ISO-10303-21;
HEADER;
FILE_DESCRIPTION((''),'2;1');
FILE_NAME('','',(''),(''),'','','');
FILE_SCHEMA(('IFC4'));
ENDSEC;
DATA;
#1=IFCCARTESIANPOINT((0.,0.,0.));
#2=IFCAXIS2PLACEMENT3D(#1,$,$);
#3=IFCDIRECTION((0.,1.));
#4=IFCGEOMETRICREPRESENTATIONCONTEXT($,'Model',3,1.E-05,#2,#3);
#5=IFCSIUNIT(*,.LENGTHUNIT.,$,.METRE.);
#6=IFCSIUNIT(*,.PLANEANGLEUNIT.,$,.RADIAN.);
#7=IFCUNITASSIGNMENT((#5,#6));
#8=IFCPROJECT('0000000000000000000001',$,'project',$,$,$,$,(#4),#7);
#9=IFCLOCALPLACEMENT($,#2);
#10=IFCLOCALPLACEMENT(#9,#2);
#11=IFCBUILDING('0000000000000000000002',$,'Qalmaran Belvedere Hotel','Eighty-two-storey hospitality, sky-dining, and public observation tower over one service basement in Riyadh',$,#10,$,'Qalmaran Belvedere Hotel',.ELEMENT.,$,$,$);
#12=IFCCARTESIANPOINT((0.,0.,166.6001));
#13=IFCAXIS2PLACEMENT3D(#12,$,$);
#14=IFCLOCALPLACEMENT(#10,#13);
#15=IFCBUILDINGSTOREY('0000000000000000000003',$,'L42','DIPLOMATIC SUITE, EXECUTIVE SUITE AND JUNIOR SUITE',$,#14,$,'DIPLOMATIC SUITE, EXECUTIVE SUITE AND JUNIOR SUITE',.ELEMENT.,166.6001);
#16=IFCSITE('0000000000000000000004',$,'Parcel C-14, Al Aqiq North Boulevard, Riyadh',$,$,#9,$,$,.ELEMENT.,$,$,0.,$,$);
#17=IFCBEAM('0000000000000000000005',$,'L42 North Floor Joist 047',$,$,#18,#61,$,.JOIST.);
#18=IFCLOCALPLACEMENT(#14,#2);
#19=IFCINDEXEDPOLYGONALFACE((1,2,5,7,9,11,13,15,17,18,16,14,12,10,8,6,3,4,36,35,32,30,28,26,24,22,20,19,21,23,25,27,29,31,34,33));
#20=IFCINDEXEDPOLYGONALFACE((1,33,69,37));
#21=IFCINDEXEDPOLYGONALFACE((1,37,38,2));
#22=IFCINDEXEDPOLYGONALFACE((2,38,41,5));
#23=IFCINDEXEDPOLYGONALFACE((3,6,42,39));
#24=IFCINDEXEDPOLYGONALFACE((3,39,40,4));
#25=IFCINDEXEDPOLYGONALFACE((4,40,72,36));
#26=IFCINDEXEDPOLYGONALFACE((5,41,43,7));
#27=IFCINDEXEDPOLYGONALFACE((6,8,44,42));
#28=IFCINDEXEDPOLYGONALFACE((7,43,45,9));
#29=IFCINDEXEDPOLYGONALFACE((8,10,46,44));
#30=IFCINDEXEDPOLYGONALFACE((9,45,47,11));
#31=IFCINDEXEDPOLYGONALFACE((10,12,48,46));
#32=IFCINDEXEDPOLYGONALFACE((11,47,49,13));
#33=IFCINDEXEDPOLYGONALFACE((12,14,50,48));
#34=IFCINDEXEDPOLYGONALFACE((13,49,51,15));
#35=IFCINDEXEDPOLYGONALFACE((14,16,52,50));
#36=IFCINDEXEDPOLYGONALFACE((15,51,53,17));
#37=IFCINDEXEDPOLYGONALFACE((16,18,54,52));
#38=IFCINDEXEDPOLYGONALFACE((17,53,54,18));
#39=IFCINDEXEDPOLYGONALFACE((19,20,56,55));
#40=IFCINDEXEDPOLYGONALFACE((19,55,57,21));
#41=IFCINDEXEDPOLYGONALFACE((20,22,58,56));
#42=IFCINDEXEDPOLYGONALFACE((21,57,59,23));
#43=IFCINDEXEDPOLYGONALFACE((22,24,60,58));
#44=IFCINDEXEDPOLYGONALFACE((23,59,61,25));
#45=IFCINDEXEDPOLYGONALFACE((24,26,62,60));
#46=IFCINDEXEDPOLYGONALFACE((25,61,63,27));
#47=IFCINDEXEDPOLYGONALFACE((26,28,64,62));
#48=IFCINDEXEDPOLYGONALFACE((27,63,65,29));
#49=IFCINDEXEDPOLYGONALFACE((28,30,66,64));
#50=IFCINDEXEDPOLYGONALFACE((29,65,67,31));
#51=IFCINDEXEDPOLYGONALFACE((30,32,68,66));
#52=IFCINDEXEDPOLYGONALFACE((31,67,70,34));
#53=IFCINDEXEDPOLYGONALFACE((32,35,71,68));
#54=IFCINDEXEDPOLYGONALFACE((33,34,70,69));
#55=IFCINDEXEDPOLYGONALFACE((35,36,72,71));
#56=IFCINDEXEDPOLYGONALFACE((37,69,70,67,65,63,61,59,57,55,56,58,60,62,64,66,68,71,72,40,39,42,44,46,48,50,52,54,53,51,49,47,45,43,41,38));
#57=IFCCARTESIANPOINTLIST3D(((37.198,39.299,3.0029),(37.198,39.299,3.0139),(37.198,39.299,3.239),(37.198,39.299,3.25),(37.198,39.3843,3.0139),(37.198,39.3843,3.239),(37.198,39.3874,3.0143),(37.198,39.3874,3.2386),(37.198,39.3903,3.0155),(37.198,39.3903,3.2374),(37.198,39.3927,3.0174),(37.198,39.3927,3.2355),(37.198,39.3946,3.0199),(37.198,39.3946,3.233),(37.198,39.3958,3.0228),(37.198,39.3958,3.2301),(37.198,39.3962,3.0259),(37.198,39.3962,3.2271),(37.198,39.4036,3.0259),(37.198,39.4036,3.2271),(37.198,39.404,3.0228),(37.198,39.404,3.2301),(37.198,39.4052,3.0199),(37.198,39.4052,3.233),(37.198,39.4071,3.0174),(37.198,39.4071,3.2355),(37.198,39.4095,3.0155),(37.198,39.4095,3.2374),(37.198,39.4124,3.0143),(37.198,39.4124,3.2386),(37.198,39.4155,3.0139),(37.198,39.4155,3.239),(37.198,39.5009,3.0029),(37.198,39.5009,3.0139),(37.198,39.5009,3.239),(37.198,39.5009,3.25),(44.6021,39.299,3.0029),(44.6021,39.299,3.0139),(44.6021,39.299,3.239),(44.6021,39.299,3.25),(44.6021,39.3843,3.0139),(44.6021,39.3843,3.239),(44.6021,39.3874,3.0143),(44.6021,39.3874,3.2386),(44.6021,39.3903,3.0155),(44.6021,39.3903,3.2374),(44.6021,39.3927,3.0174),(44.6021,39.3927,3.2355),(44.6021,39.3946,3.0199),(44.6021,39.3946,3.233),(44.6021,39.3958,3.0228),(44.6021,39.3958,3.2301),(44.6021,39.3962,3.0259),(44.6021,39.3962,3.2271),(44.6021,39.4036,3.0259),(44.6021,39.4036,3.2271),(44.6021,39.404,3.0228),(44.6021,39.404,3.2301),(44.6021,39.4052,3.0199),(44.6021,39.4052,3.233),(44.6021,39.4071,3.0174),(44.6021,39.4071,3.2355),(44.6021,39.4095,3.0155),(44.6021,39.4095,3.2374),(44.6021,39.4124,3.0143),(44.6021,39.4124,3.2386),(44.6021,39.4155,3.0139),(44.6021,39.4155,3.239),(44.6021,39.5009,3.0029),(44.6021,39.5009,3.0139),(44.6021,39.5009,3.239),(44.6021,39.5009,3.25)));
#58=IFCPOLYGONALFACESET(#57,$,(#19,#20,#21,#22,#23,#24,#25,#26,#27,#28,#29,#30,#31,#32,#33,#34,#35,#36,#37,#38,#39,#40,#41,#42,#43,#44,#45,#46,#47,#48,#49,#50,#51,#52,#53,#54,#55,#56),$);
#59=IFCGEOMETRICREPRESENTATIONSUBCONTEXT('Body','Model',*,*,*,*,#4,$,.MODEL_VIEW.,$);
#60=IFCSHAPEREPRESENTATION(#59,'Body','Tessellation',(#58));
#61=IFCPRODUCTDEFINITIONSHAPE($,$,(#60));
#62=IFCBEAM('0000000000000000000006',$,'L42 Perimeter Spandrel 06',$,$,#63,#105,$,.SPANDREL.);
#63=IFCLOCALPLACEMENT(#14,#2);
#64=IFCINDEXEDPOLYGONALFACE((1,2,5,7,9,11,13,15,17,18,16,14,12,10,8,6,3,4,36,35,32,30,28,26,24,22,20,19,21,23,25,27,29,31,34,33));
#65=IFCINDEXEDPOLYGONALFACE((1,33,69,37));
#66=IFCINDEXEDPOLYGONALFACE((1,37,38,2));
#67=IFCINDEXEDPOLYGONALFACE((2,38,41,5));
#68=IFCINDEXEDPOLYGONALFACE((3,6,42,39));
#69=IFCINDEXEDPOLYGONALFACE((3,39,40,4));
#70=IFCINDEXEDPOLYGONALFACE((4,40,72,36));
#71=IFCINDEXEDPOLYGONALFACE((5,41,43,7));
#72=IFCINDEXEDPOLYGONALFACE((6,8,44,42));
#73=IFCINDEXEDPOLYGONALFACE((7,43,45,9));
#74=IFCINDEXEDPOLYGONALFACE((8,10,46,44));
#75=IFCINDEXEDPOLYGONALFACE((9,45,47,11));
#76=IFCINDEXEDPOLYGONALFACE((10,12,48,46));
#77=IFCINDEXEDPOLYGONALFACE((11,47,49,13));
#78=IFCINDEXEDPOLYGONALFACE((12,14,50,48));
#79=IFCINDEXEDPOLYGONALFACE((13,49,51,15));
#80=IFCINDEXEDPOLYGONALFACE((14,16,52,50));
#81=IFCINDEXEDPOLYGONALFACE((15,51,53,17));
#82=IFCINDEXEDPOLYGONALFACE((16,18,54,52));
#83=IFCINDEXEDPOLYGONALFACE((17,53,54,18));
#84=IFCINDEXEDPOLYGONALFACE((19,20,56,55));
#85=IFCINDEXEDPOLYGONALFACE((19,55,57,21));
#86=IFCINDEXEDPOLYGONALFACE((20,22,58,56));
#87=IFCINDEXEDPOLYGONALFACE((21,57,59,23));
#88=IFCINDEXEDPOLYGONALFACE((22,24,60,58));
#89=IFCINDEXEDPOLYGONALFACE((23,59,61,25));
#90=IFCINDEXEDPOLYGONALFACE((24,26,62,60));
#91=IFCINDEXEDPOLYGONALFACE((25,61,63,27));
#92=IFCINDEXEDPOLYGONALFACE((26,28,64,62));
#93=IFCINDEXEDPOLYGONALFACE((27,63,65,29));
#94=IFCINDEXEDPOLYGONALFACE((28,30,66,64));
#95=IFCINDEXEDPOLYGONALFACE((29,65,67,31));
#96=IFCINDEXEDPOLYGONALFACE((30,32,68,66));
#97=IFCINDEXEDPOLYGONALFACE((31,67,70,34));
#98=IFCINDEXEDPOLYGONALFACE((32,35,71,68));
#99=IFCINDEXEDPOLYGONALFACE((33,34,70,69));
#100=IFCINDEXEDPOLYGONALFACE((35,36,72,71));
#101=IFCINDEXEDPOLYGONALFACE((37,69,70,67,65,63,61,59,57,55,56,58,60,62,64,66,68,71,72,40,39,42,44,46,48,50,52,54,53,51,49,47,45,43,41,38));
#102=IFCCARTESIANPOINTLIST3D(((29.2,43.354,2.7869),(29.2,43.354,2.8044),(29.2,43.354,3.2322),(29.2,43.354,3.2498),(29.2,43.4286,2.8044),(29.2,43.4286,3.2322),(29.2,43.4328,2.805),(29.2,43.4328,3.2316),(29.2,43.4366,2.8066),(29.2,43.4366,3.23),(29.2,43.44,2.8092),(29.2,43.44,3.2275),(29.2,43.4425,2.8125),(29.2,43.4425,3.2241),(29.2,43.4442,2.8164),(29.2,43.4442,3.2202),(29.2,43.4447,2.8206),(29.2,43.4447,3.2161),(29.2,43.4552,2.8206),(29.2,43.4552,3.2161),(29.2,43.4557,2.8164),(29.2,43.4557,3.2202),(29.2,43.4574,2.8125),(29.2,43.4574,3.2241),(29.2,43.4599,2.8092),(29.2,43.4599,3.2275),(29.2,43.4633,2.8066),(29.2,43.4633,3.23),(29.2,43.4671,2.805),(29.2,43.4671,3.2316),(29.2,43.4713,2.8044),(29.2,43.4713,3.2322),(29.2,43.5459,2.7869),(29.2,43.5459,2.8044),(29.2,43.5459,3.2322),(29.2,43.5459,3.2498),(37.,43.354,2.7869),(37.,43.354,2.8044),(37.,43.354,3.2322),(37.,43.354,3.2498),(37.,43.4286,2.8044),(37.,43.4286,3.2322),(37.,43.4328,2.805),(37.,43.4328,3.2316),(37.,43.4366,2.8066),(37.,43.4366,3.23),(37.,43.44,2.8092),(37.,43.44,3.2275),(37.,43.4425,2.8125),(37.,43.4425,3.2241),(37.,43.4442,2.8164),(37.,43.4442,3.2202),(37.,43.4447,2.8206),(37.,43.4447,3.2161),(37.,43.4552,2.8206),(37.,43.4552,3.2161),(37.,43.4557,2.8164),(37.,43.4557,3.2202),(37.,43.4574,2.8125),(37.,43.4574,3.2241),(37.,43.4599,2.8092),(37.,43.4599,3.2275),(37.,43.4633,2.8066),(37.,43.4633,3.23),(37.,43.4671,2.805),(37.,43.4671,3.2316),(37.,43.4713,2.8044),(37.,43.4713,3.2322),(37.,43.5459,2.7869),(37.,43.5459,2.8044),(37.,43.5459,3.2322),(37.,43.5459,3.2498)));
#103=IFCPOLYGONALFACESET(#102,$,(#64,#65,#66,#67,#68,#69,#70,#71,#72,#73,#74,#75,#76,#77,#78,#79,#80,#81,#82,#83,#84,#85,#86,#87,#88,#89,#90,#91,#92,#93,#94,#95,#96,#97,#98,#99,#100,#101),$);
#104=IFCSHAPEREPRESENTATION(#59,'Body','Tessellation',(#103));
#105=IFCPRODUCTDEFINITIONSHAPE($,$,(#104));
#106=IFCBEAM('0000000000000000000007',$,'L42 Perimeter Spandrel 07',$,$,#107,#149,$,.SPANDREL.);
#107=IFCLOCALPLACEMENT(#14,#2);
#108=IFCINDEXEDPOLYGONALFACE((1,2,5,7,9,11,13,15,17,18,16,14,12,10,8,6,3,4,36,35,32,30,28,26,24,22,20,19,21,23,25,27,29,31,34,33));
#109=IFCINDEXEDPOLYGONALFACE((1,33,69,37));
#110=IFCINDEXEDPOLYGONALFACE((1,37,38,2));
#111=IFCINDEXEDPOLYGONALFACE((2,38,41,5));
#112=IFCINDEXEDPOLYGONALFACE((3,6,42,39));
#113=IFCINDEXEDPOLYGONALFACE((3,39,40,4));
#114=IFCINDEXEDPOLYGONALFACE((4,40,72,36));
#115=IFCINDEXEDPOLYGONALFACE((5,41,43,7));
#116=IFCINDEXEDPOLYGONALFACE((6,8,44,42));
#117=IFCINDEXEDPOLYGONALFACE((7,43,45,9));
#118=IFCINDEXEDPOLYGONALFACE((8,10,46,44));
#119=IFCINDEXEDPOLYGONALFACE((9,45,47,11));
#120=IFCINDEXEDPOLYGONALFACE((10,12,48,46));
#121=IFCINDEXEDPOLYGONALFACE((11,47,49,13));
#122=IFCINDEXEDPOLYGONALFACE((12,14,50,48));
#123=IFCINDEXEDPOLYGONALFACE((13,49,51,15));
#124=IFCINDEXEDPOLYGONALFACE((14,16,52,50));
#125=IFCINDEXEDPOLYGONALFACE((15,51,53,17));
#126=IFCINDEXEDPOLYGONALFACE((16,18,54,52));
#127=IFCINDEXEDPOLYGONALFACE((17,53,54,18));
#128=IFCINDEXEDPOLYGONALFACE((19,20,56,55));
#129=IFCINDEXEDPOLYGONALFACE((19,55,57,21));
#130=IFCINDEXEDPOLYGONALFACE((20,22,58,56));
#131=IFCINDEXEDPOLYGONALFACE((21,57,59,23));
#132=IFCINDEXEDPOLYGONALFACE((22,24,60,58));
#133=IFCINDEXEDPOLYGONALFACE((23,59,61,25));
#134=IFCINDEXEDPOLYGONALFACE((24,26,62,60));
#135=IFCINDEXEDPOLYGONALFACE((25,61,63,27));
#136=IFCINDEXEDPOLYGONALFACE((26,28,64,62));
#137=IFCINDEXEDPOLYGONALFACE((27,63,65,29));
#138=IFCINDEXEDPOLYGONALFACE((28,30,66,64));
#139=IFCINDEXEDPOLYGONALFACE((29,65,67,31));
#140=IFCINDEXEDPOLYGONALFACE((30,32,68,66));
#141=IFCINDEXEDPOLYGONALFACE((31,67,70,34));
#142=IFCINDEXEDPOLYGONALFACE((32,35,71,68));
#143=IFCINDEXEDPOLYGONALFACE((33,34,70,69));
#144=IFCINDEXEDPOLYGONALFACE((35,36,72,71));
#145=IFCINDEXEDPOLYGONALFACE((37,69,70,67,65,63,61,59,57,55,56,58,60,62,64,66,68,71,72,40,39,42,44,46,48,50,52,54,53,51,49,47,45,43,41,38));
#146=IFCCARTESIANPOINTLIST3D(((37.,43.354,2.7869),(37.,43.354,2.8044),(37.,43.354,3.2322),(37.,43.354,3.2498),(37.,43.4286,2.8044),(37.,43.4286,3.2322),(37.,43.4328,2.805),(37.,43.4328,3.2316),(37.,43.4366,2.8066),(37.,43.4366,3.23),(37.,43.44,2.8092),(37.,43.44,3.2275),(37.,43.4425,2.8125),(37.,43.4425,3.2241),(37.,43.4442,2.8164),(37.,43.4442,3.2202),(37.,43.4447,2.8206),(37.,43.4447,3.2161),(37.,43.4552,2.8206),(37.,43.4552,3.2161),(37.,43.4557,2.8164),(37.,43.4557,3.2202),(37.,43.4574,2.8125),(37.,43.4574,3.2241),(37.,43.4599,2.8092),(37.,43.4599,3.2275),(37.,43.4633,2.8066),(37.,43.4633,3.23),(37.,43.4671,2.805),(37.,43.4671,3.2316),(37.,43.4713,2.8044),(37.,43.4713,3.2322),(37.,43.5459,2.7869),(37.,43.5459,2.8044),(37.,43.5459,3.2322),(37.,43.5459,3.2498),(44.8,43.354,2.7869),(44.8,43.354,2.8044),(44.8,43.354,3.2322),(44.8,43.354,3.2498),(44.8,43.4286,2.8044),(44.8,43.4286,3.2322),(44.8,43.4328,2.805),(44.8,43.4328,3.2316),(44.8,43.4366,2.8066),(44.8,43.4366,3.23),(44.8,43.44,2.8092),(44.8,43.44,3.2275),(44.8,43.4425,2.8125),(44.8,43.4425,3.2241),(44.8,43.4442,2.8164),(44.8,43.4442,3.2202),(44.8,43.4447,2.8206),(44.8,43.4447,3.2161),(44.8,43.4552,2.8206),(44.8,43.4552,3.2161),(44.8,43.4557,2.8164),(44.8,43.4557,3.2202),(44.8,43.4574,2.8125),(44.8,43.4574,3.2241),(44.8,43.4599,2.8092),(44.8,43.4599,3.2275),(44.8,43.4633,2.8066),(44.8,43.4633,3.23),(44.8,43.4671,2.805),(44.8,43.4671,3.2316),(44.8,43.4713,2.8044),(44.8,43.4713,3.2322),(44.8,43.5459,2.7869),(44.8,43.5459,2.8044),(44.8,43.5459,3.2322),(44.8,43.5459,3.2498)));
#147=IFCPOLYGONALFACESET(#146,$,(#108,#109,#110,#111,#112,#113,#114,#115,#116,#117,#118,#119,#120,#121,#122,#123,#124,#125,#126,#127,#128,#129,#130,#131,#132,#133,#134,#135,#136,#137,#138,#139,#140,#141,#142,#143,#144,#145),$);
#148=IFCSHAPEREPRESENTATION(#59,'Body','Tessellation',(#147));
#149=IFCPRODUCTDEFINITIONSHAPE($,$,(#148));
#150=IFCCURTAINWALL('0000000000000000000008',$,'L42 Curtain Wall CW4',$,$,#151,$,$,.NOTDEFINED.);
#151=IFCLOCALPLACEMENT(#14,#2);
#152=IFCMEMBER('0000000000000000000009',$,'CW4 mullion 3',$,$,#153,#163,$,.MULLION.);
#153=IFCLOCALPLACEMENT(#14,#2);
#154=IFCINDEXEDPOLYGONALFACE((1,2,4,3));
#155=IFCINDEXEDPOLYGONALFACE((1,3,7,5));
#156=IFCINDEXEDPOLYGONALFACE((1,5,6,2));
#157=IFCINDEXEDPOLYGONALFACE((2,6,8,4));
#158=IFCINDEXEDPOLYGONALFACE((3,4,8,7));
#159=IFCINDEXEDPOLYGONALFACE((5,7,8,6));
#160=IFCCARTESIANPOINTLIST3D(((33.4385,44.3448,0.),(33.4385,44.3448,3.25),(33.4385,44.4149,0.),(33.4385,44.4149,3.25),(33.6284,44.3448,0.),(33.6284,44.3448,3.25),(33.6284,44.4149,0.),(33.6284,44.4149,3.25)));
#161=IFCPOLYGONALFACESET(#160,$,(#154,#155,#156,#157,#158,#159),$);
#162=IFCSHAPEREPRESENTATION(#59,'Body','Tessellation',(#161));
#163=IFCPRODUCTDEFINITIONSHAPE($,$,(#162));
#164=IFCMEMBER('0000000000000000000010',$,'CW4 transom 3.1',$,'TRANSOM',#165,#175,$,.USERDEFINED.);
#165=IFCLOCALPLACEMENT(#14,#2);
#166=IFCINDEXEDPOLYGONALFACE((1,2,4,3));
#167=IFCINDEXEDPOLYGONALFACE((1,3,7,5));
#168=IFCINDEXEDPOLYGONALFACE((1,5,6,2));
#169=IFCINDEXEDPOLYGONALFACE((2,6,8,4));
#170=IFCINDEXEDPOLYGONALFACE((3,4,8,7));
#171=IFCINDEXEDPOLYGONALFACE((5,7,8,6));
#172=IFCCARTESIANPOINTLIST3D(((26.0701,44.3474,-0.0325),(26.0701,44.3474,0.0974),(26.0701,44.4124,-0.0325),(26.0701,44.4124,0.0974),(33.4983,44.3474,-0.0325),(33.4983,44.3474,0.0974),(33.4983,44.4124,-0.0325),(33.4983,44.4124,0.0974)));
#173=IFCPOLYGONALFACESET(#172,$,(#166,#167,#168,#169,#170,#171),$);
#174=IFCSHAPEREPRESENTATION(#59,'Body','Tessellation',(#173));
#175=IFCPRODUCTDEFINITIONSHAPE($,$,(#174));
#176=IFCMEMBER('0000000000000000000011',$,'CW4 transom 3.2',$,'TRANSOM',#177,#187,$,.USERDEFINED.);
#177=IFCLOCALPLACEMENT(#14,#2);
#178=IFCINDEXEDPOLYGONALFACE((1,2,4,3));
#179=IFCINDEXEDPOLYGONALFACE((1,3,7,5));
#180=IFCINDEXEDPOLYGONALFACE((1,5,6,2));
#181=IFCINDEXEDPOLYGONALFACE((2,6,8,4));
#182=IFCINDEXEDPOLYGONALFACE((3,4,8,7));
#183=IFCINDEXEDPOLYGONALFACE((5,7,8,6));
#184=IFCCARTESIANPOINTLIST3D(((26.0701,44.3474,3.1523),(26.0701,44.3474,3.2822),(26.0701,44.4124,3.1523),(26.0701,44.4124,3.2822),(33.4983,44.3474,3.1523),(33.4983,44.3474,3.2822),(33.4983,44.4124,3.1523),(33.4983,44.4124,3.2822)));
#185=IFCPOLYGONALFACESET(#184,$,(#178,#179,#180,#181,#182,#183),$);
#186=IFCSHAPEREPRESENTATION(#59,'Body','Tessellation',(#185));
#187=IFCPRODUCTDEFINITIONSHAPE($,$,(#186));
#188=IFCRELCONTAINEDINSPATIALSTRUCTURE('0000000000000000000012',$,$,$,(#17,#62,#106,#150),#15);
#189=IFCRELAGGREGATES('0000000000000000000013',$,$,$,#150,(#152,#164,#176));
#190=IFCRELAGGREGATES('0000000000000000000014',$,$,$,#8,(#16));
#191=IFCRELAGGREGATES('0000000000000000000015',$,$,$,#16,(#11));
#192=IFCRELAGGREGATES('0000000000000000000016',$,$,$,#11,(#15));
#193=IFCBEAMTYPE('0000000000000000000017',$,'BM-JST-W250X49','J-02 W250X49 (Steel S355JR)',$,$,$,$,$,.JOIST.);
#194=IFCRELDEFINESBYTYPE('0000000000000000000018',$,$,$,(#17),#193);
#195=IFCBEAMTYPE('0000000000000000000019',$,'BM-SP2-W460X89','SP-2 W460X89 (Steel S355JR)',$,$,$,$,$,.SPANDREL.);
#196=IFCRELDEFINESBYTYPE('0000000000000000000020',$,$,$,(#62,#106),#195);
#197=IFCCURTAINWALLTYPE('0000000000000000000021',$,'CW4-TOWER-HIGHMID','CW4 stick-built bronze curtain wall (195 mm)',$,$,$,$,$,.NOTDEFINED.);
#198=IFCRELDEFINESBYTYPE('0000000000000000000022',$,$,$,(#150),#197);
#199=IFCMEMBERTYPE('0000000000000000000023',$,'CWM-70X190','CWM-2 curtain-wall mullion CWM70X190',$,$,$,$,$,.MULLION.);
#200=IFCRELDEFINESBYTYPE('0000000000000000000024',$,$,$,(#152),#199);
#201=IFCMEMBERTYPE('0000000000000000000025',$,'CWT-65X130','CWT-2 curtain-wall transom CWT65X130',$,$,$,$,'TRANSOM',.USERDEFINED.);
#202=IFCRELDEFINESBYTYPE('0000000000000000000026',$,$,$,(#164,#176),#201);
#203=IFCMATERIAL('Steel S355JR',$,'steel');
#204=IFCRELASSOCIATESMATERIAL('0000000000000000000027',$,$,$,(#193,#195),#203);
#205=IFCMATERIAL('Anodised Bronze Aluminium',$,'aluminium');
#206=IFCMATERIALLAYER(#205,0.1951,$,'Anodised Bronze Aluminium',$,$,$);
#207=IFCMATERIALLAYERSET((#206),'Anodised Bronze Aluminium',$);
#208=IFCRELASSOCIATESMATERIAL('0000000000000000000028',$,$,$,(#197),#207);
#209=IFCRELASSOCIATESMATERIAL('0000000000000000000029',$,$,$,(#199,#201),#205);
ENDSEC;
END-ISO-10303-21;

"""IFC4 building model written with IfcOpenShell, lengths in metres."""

from ifc_helpers import new_model, si_unit, direction, frame, origin, origin_2d, place, context, subcontext, project, spatial, rectangle, i_section, extrude, material, layer, layer_set, material_profile, profile_set, type_object, element, aggregate, save


model = new_model("IFC4")

# Units and contexts
model_context = context("Model", 3, precision=1e-05, world=origin(), true_north=direction((0.0, 1.0)))
body_context = subcontext(model_context, "Body", "Model", "MODEL_VIEW")
ifc_project = project(units=[si_unit("LENGTHUNIT", "METRE"), si_unit("PLANEANGLEUNIT", "RADIAN")], contexts=[model_context])

# Site, building, storey
site_placement = place(None, origin())
site = spatial("IfcSite", under=ifc_project, at=site_placement, Name="Parcel C-14, Al Aqiq North Boulevard, Riyadh", CompositionType="ELEMENT", RefElevation=0.0)
building_placement = place(site_placement, origin())
building = spatial("IfcBuilding", under=site, at=building_placement, Name="Qalmaran Belvedere Hotel", Description="Eighty-two-storey hospitality, sky-dining, and public observation tower over one service basement in Riyadh", LongName="Qalmaran Belvedere Hotel", CompositionType="ELEMENT")
storey_placement = place(building_placement, frame((0.0, 0.0, 166.6001)))
storey = spatial("IfcBuildingStorey", under=building, at=storey_placement, Name="L42", Description="DIPLOMATIC SUITE, EXECUTIVE SUITE AND JUNIOR SUITE", LongName="DIPLOMATIC SUITE, EXECUTIVE SUITE AND JUNIOR SUITE", CompositionType="ELEMENT", Elevation=166.6001)

# Beams
ifc_material_1 = material(Name="Steel S355JR", Category="steel")
ifc_material_profile_1 = material_profile(ifc_material_1, i_section(OverallWidth=0.2019, OverallDepth=0.2471, WebThickness=0.0073, FlangeThickness=0.011, FilletRadius=0.012, at=origin_2d()), Name="W250X49")
ifc_profile_set_1 = profile_set([ifc_material_profile_1], Name="Steel S355JR")
beam_type_1 = type_object("IfcBeamType", Name="BM-JST-W250X49", Description="J-02 W250X49 (Steel S355JR)", PredefinedType="JOIST", material=ifc_profile_set_1)
for number, where, z_axis, x_axis, name in (
    (1, (37.198, 39.3999, 3.1265), (1.0, 0.0, 0.0), (0.0, 1.0, 0.0), "L42 North Floor Joist 047"),
):
    element("IfcBeam", number, at=place(storey_placement, frame(where, z_axis=z_axis, x_axis=x_axis)), inside=storey, type_object=beam_type_1, Name=name, PredefinedType="JOIST", context=body_context, shape_type="SweptSolid", body=[
        extrude(i_section(OverallWidth=0.2019, OverallDepth=0.2471, WebThickness=0.0073, FlangeThickness=0.011, FilletRadius=0.012, at=origin_2d()), origin(), (0.0, 0.0, 1.0), 7.4041),
    ])
ifc_material_profile_2 = material_profile(ifc_material_1, i_section(OverallWidth=0.1919, OverallDepth=0.4629, WebThickness=0.0105, FlangeThickness=0.0176, FilletRadius=0.0161, at=origin_2d()), Name="W460X89")
ifc_profile_set_2 = profile_set([ifc_material_profile_2], Name="Steel S355JR")
beam_type_2 = type_object("IfcBeamType", Name="BM-SP2-W460X89", Description="SP-2 W460X89 (Steel S355JR)", PredefinedType="SPANDREL", material=ifc_profile_set_2)
for number, where, z_axis, x_axis, name in (
    (2, (29.2, 43.45, 3.0183), (1.0, 0.0, 0.0), (0.0, 1.0, 0.0), "L42 Perimeter Spandrel 06"),
    (3, (37.0, 43.45, 3.0183), (1.0, 0.0, 0.0), (0.0, 1.0, 0.0), "L42 Perimeter Spandrel 07"),
):
    element("IfcBeam", number, at=place(storey_placement, frame(where, z_axis=z_axis, x_axis=x_axis)), inside=storey, type_object=beam_type_2, Name=name, PredefinedType="SPANDREL", context=body_context, shape_type="SweptSolid", body=[
        extrude(i_section(OverallWidth=0.1919, OverallDepth=0.4629, WebThickness=0.0105, FlangeThickness=0.0176, FilletRadius=0.0161, at=origin_2d()), origin(), (0.0, 0.0, 1.0), 7.8),
    ])

# Curtain wall, members
ifc_material_2 = material(Name="Anodised Bronze Aluminium", Category="aluminium")
ifc_layer_1 = layer(ifc_material_2, 0.1951, Name="Anodised Bronze Aluminium")
ifc_layer_set_1 = layer_set([ifc_layer_1], Name="Anodised Bronze Aluminium")
curtain_wall_type = type_object("IfcCurtainWallType", Name="CW4-TOWER-HIGHMID", Description="CW4 stick-built bronze curtain wall (195 mm)", PredefinedType="NOTDEFINED", material=ifc_layer_set_1)
curtain_wall_placement = place(storey_placement, origin())
curtain_wall = element("IfcCurtainWall", 4, at=curtain_wall_placement, inside=storey, type_object=curtain_wall_type, Name="L42 Curtain Wall CW4", PredefinedType="NOTDEFINED")
ifc_material_profile_3 = material_profile(ifc_material_2, rectangle(XDim=0.0701, YDim=0.1899, at=origin_2d()), Name="CWM70X190")
ifc_profile_set_3 = profile_set([ifc_material_profile_3], Name="Anodised Bronze Aluminium")
member_type_1 = type_object("IfcMemberType", Name="CWM-70X190", Description="CWM-2 curtain-wall mullion CWM70X190", PredefinedType="MULLION", material=ifc_profile_set_3)
member_1_placement = place(storey_placement, frame((33.5334, 44.3799, 0.0), z_axis=(0.0, 0.0, 1.0), x_axis=(0.0, -1.0, 0.0)))
member_1 = element("IfcMember", 5, at=member_1_placement, type_object=member_type_1, Name="CW4 mullion 3", PredefinedType="MULLION", context=body_context, shape_type="SweptSolid", body=[
    extrude(rectangle(XDim=0.0701, YDim=0.1899, at=origin_2d()), origin(), (0.0, 0.0, 1.0), 3.25),
])
ifc_material_profile_4 = material_profile(ifc_material_2, rectangle(XDim=0.0649, YDim=0.1299, at=origin_2d()), Name="CWT65X130")
ifc_profile_set_4 = profile_set([ifc_material_profile_4], Name="Anodised Bronze Aluminium")
member_type_2 = type_object("IfcMemberType", Name="CWT-65X130", Description="CWT-2 curtain-wall transom CWT65X130", ElementType="TRANSOM", PredefinedType="USERDEFINED", material=ifc_profile_set_4)
member_2_placement = place(storey_placement, frame((33.4983, 44.3799, 0.0325), z_axis=(-1.0, 0.0, 0.0), x_axis=(0.0, -1.0, 0.0)))
member_2 = element("IfcMember", 6, at=member_2_placement, type_object=member_type_2, Name="CW4 transom 3.1", ObjectType="TRANSOM", PredefinedType="USERDEFINED", context=body_context, shape_type="SweptSolid", body=[
    extrude(rectangle(XDim=0.0649, YDim=0.1299, at=origin_2d()), origin(), (0.0, 0.0, 1.0), 7.4282),
])
member_3_placement = place(storey_placement, frame((33.4983, 44.3799, 3.2173), z_axis=(-1.0, 0.0, 0.0), x_axis=(0.0, -1.0, 0.0)))
member_3 = element("IfcMember", 7, at=member_3_placement, type_object=member_type_2, Name="CW4 transom 3.2", ObjectType="TRANSOM", PredefinedType="USERDEFINED", context=body_context, shape_type="SweptSolid", body=[
    extrude(rectangle(XDim=0.0649, YDim=0.1299, at=origin_2d()), origin(), (0.0, 0.0, 1.0), 7.4282),
])
aggregate(curtain_wall, [member_1, member_2, member_3])

save(model, "model.ifc")
